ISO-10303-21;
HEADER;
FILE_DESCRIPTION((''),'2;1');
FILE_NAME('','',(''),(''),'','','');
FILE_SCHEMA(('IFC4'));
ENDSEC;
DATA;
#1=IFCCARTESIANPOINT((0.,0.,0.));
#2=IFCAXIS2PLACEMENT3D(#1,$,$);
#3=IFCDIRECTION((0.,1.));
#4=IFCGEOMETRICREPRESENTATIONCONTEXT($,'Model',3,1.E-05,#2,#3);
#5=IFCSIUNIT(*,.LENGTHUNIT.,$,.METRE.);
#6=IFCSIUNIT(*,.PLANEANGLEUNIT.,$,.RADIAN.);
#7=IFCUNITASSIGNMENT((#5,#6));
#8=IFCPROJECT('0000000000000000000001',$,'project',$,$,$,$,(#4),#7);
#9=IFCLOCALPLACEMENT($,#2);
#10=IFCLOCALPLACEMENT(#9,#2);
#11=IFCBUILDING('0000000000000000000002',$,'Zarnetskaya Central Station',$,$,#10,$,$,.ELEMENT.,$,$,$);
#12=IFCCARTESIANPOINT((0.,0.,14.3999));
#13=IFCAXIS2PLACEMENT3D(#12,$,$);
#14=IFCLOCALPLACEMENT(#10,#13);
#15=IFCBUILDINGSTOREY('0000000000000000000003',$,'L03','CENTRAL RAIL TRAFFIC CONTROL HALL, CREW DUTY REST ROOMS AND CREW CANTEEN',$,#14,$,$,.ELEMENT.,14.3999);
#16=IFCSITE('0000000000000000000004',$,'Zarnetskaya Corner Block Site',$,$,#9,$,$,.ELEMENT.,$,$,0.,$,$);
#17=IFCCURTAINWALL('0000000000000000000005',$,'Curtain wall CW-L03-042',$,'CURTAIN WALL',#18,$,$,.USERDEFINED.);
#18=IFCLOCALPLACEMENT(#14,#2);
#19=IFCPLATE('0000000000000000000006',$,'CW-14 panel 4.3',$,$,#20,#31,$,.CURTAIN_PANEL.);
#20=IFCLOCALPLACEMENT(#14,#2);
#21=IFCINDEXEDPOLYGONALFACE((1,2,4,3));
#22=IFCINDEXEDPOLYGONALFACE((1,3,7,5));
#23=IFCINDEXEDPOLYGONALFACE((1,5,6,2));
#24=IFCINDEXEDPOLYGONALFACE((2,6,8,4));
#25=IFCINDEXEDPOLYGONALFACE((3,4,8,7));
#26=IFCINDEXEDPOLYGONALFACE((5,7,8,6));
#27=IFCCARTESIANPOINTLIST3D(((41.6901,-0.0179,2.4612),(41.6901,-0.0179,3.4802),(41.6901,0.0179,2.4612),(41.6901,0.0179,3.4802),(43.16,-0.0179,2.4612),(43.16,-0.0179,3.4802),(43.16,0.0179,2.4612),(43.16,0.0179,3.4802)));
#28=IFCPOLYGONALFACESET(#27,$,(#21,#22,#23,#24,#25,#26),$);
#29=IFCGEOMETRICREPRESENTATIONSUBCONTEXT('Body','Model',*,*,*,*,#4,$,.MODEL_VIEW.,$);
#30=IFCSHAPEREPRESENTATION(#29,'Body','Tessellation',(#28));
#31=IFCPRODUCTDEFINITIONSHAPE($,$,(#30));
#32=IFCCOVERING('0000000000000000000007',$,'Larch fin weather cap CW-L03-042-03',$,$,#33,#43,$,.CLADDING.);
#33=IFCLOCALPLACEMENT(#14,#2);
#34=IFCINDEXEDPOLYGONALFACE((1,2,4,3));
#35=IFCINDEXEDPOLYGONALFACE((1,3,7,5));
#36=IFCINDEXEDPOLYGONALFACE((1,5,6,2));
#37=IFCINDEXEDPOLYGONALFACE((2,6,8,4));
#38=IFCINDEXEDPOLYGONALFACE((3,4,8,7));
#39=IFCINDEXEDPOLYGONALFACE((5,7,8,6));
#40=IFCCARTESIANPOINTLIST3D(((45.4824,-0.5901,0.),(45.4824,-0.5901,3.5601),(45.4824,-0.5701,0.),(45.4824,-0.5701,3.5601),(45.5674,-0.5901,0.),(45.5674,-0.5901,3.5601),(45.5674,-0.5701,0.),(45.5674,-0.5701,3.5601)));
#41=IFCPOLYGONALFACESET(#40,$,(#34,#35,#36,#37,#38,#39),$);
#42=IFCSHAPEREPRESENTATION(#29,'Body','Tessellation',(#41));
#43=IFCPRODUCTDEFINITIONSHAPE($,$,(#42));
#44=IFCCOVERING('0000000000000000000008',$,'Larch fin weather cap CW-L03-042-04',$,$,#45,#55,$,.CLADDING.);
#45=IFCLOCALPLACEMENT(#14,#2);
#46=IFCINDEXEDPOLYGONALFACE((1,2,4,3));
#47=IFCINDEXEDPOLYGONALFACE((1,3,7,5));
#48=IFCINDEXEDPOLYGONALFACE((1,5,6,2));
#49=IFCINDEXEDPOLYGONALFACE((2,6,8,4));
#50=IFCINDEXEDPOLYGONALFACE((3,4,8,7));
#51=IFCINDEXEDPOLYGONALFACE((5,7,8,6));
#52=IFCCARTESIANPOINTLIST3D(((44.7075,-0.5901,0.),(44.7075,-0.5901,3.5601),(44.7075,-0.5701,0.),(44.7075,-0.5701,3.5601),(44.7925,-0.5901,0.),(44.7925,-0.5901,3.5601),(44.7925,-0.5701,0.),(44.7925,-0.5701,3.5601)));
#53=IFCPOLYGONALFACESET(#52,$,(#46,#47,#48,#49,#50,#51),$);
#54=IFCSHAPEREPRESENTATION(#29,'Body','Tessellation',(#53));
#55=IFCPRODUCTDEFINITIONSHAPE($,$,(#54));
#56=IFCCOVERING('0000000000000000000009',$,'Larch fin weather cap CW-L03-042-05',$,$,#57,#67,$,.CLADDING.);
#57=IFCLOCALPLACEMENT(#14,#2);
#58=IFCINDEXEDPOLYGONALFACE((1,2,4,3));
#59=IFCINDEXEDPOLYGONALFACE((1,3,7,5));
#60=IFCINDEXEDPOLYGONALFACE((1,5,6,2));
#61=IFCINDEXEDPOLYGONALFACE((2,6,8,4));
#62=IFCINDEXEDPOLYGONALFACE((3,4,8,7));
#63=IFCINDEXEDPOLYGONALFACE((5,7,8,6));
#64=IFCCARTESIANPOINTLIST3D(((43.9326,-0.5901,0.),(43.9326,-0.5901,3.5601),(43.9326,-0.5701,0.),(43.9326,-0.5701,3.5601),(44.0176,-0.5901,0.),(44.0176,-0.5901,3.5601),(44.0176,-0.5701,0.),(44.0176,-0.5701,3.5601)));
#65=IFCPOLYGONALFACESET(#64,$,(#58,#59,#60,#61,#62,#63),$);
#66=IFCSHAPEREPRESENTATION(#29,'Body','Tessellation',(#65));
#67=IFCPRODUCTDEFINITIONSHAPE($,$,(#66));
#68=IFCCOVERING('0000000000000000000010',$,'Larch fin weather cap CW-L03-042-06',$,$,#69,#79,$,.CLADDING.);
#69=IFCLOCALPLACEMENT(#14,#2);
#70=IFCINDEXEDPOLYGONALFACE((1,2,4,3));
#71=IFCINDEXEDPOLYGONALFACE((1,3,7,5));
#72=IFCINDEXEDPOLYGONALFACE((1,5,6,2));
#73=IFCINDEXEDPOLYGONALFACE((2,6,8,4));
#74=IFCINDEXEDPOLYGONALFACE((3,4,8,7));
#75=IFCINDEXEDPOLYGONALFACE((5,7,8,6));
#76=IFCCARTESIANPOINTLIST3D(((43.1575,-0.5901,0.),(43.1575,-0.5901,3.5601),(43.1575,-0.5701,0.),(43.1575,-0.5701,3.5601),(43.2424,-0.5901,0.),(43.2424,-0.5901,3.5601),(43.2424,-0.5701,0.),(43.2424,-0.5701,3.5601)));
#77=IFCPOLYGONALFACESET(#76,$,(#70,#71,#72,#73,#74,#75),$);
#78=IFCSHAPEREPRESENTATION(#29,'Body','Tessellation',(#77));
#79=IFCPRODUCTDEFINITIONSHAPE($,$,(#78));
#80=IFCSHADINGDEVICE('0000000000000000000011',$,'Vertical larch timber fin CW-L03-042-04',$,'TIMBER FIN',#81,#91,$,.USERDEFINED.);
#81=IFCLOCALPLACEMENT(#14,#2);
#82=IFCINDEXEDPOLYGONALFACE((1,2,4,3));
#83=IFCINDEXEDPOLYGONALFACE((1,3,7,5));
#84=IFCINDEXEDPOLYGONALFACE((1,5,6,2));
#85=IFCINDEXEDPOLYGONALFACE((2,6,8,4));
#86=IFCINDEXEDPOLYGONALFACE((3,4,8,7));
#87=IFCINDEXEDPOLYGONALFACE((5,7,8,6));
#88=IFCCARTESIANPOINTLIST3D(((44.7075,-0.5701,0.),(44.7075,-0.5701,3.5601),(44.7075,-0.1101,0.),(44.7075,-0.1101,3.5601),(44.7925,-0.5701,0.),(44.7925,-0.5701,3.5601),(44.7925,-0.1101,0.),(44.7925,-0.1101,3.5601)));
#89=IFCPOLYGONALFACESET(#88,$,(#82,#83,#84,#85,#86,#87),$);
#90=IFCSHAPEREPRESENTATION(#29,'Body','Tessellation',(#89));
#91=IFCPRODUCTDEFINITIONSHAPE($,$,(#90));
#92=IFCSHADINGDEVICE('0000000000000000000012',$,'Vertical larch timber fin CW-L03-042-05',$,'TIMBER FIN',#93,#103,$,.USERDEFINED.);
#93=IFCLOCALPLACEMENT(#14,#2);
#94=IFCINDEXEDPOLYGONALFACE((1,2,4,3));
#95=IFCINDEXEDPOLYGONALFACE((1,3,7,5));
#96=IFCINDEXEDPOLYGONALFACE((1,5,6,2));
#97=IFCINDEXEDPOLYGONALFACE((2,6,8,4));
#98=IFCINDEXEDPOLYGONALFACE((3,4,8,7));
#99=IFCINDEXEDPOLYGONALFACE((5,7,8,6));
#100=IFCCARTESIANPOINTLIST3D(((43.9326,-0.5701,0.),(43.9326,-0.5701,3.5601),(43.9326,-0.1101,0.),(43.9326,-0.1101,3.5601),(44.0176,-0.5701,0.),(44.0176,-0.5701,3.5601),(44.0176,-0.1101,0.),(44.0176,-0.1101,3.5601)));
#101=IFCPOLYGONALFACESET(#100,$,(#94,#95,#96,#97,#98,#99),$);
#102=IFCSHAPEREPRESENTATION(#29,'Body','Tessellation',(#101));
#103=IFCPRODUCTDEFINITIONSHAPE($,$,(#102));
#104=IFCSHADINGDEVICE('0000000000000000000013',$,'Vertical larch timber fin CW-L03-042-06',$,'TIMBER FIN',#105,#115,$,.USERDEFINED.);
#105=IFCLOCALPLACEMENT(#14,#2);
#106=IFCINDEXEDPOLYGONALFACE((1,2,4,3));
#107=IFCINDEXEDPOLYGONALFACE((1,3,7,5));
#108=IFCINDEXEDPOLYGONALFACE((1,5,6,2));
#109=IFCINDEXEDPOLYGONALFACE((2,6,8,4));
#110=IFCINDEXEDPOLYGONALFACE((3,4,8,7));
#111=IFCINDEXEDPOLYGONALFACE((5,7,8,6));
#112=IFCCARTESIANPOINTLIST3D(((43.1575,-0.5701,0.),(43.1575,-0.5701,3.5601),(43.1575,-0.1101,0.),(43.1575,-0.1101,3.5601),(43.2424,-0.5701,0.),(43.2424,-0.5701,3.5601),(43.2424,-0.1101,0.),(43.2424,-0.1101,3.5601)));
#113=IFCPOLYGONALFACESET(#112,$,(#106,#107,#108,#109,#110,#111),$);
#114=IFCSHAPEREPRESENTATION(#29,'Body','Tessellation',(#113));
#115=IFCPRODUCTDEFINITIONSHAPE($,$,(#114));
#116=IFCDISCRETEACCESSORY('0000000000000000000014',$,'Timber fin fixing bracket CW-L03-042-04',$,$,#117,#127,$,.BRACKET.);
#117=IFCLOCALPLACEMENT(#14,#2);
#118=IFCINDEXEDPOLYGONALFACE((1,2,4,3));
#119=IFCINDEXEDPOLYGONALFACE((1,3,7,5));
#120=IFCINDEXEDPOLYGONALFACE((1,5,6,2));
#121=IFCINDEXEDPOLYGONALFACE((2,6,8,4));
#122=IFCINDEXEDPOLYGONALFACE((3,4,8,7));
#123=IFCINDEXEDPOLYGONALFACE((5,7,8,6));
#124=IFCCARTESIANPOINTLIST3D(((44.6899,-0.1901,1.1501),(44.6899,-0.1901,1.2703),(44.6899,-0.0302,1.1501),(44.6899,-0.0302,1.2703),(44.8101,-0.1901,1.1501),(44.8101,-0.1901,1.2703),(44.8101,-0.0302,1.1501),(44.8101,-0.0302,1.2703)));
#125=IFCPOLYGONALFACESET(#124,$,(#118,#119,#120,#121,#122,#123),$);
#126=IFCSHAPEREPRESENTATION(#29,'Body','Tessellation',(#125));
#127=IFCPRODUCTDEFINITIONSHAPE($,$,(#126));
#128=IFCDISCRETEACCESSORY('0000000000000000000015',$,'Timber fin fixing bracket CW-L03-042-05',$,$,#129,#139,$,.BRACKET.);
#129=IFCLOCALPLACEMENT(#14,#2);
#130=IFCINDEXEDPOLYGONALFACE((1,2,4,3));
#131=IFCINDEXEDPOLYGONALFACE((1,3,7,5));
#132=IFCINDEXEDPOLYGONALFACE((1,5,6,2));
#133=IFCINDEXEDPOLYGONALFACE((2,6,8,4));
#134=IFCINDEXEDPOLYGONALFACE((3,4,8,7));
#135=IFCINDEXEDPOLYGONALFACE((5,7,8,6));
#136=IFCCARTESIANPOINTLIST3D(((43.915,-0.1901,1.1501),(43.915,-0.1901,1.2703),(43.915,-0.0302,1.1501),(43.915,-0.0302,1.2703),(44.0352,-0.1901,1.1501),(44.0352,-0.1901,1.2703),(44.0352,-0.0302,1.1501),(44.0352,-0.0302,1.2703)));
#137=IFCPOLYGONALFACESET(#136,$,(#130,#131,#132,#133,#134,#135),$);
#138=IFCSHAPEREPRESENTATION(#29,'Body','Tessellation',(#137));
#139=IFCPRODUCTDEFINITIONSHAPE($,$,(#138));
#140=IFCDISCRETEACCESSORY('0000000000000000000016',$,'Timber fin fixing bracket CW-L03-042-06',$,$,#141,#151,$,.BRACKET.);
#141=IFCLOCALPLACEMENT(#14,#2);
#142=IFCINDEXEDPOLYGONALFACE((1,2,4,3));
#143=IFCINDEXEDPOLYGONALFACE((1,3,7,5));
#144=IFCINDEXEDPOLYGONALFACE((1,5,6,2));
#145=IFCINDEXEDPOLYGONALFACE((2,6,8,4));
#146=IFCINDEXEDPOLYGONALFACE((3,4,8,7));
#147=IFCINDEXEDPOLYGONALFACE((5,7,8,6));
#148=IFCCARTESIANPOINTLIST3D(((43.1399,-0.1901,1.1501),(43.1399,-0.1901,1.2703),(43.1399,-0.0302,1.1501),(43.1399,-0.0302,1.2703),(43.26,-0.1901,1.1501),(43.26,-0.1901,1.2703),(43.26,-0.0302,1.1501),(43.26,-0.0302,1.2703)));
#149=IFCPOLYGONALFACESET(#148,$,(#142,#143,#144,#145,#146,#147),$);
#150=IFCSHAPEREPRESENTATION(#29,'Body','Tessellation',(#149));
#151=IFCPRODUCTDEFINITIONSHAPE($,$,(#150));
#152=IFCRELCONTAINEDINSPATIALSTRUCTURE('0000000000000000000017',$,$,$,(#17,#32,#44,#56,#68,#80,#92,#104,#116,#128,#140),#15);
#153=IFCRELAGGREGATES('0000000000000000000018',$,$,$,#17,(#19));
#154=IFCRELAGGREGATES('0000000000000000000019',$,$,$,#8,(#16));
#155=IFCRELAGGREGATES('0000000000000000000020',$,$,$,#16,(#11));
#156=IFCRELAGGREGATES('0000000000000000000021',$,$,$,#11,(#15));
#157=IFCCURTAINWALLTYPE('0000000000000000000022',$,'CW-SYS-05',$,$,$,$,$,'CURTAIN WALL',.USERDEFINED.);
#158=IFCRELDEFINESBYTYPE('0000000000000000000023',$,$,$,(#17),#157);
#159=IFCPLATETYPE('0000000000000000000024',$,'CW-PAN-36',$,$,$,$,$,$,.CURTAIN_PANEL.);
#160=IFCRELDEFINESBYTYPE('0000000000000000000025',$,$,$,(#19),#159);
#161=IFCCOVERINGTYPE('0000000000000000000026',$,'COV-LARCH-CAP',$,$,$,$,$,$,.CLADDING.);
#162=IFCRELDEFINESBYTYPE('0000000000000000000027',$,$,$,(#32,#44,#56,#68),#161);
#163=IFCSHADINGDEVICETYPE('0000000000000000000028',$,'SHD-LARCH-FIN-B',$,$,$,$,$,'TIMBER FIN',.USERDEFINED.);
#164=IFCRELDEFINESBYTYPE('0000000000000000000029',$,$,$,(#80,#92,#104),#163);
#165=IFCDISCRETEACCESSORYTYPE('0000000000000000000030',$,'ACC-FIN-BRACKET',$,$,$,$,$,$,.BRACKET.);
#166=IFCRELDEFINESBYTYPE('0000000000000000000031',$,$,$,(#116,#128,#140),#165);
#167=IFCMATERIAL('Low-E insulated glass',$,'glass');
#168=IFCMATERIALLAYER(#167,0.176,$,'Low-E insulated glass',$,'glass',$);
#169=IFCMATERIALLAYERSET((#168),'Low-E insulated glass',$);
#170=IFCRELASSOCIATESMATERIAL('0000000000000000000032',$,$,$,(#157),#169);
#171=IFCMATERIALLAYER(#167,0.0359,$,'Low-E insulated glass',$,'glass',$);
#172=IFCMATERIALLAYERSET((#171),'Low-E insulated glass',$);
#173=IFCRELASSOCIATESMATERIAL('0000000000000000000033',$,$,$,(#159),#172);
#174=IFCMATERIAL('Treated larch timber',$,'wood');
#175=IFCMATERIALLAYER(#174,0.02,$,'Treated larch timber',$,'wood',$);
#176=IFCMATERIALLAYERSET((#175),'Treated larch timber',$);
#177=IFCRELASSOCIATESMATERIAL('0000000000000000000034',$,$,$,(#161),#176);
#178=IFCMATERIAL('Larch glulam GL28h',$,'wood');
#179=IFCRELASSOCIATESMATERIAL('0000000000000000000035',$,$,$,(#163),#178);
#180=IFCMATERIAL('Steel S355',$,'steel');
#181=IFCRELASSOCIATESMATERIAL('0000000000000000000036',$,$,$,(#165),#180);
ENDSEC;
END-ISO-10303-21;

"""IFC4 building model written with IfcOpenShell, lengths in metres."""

from ifc_helpers import new_model, si_unit, direction, frame, origin, origin_2d, place, context, subcontext, project, spatial, rectangle, extrude, material, layer, layer_set, type_object, element, aggregate, save


model = new_model("IFC4")

# Units and contexts
model_context = context("Model", 3, precision=1e-05, world=origin(), true_north=direction((0.0, 1.0)))
body_context = subcontext(model_context, "Body", "Model", "MODEL_VIEW")
ifc_project = project(units=[si_unit("LENGTHUNIT", "METRE"), si_unit("PLANEANGLEUNIT", "RADIAN")], contexts=[model_context])

# Site, building, storey
site_placement = place(None, origin())
site = spatial("IfcSite", under=ifc_project, at=site_placement, Name="Zarnetskaya Corner Block Site", CompositionType="ELEMENT", RefElevation=0.0)
building_placement = place(site_placement, origin())
building = spatial("IfcBuilding", under=site, at=building_placement, Name="Zarnetskaya Central Station", CompositionType="ELEMENT")
storey_placement = place(building_placement, frame((0.0, 0.0, 14.3999)))
storey = spatial("IfcBuildingStorey", under=building, at=storey_placement, Name="L03", Description="CENTRAL RAIL TRAFFIC CONTROL HALL, CREW DUTY REST ROOMS AND CREW CANTEEN", CompositionType="ELEMENT", Elevation=14.3999)

# Curtain wall, plate
ifc_material_1 = material(Name="Low-E insulated glass", Category="glass")
ifc_layer_1 = layer(ifc_material_1, 0.176, Name="Low-E insulated glass", Category="glass")
ifc_layer_set_1 = layer_set([ifc_layer_1], Name="Low-E insulated glass")
curtain_wall_type = type_object("IfcCurtainWallType", Name="CW-SYS-05", ElementType="CURTAIN WALL", PredefinedType="USERDEFINED", material=ifc_layer_set_1)
curtain_wall_placement = place(storey_placement, origin())
curtain_wall = element("IfcCurtainWall", 1, at=curtain_wall_placement, inside=storey, type_object=curtain_wall_type, Name="Curtain wall CW-L03-042", ObjectType="CURTAIN WALL", PredefinedType="USERDEFINED")
ifc_layer_2 = layer(ifc_material_1, 0.0359, Name="Low-E insulated glass", Category="glass")
ifc_layer_set_2 = layer_set([ifc_layer_2], Name="Low-E insulated glass")
plate_type = type_object("IfcPlateType", Name="CW-PAN-36", PredefinedType="CURTAIN_PANEL", material=ifc_layer_set_2)
plate_1_placement = place(storey_placement, frame((42.425, 0.0, 2.4612), z_axis=(0.0, 0.0, 1.0), x_axis=(-1.0, 0.0, 0.0)))
plate_1 = element("IfcPlate", 2, at=plate_1_placement, type_object=plate_type, Name="CW-14 panel 4.3", PredefinedType="CURTAIN_PANEL", context=body_context, shape_type="SweptSolid", body=[
    extrude(rectangle(XDim=1.47, YDim=0.0359, at=origin_2d()), origin(), (0.0, 0.0, 1.0), 1.019),
])
aggregate(curtain_wall, [plate_1])

# Coverings
ifc_material_2 = material(Name="Treated larch timber", Category="wood")
ifc_layer_3 = layer(ifc_material_2, 0.02, Name="Treated larch timber", Category="wood")
ifc_layer_set_3 = layer_set([ifc_layer_3], Name="Treated larch timber")
covering_type = type_object("IfcCoveringType", Name="COV-LARCH-CAP", PredefinedType="CLADDING", material=ifc_layer_set_3)
for number, where, z_axis, x_axis, name in (
    (3, (45.5249, -0.5801, 0.0), (0.0, 0.0, 1.0), (-1.0, 0.0, 0.0), "Larch fin weather cap CW-L03-042-03"),
    (4, (44.75, -0.5801, 0.0), (0.0, 0.0, 1.0), (-1.0, 0.0, 0.0), "Larch fin weather cap CW-L03-042-04"),
    (5, (43.9751, -0.5801, 0.0), (0.0, 0.0, 1.0), (-1.0, 0.0, 0.0), "Larch fin weather cap CW-L03-042-05"),
    (6, (43.2, -0.5801, 0.0), (0.0, 0.0, 1.0), (-1.0, 0.0, 0.0), "Larch fin weather cap CW-L03-042-06"),
):
    element("IfcCovering", number, at=place(storey_placement, frame(where, z_axis=z_axis, x_axis=x_axis)), inside=storey, type_object=covering_type, Name=name, PredefinedType="CLADDING", context=body_context, shape_type="SweptSolid", body=[
        extrude(rectangle(XDim=0.085, YDim=0.02, at=origin_2d()), origin(), (0.0, 0.0, 1.0), 3.5601),
    ])

# Shading devices
ifc_material_3 = material(Name="Larch glulam GL28h", Category="wood")
shading_device_type = type_object("IfcShadingDeviceType", Name="SHD-LARCH-FIN-B", ElementType="TIMBER FIN", PredefinedType="USERDEFINED", material=ifc_material_3)
for number, where, z_axis, x_axis, name in (
    (7, (44.75, -0.3401, 0.0), (0.0, 0.0, 1.0), (-1.0, 0.0, 0.0), "Vertical larch timber fin CW-L03-042-04"),
    (8, (43.9751, -0.3401, 0.0), (0.0, 0.0, 1.0), (-1.0, 0.0, 0.0), "Vertical larch timber fin CW-L03-042-05"),
    (9, (43.2, -0.3401, 0.0), (0.0, 0.0, 1.0), (-1.0, 0.0, 0.0), "Vertical larch timber fin CW-L03-042-06"),
):
    element("IfcShadingDevice", number, at=place(storey_placement, frame(where, z_axis=z_axis, x_axis=x_axis)), inside=storey, type_object=shading_device_type, Name=name, ObjectType="TIMBER FIN", PredefinedType="USERDEFINED", context=body_context, shape_type="SweptSolid", body=[
        extrude(rectangle(XDim=0.085, YDim=0.46, at=origin_2d()), origin(), (0.0, 0.0, 1.0), 3.5601),
    ])

# Discrete accessories
ifc_material_4 = material(Name="Steel S355", Category="steel")
discrete_accessory_type = type_object("IfcDiscreteAccessoryType", Name="ACC-FIN-BRACKET", PredefinedType="BRACKET", material=ifc_material_4)
for number, where, z_axis, x_axis, name in (
    (10, (44.75, -0.1101, 1.1501), (0.0, 0.0, 1.0), (-1.0, 0.0, 0.0), "Timber fin fixing bracket CW-L03-042-04"),
    (11, (43.9751, -0.1101, 1.1501), (0.0, 0.0, 1.0), (-1.0, 0.0, 0.0), "Timber fin fixing bracket CW-L03-042-05"),
    (12, (43.2, -0.1101, 1.1501), (0.0, 0.0, 1.0), (-1.0, 0.0, 0.0), "Timber fin fixing bracket CW-L03-042-06"),
):
    element("IfcDiscreteAccessory", number, at=place(storey_placement, frame(where, z_axis=z_axis, x_axis=x_axis)), inside=storey, type_object=discrete_accessory_type, Name=name, PredefinedType="BRACKET", context=body_context, shape_type="SweptSolid", body=[
        extrude(rectangle(XDim=0.1201, YDim=0.1599, at=origin_2d()), origin(), (0.0, 0.0, 1.0), 0.1201),
    ])

save(model, "model.ifc")
